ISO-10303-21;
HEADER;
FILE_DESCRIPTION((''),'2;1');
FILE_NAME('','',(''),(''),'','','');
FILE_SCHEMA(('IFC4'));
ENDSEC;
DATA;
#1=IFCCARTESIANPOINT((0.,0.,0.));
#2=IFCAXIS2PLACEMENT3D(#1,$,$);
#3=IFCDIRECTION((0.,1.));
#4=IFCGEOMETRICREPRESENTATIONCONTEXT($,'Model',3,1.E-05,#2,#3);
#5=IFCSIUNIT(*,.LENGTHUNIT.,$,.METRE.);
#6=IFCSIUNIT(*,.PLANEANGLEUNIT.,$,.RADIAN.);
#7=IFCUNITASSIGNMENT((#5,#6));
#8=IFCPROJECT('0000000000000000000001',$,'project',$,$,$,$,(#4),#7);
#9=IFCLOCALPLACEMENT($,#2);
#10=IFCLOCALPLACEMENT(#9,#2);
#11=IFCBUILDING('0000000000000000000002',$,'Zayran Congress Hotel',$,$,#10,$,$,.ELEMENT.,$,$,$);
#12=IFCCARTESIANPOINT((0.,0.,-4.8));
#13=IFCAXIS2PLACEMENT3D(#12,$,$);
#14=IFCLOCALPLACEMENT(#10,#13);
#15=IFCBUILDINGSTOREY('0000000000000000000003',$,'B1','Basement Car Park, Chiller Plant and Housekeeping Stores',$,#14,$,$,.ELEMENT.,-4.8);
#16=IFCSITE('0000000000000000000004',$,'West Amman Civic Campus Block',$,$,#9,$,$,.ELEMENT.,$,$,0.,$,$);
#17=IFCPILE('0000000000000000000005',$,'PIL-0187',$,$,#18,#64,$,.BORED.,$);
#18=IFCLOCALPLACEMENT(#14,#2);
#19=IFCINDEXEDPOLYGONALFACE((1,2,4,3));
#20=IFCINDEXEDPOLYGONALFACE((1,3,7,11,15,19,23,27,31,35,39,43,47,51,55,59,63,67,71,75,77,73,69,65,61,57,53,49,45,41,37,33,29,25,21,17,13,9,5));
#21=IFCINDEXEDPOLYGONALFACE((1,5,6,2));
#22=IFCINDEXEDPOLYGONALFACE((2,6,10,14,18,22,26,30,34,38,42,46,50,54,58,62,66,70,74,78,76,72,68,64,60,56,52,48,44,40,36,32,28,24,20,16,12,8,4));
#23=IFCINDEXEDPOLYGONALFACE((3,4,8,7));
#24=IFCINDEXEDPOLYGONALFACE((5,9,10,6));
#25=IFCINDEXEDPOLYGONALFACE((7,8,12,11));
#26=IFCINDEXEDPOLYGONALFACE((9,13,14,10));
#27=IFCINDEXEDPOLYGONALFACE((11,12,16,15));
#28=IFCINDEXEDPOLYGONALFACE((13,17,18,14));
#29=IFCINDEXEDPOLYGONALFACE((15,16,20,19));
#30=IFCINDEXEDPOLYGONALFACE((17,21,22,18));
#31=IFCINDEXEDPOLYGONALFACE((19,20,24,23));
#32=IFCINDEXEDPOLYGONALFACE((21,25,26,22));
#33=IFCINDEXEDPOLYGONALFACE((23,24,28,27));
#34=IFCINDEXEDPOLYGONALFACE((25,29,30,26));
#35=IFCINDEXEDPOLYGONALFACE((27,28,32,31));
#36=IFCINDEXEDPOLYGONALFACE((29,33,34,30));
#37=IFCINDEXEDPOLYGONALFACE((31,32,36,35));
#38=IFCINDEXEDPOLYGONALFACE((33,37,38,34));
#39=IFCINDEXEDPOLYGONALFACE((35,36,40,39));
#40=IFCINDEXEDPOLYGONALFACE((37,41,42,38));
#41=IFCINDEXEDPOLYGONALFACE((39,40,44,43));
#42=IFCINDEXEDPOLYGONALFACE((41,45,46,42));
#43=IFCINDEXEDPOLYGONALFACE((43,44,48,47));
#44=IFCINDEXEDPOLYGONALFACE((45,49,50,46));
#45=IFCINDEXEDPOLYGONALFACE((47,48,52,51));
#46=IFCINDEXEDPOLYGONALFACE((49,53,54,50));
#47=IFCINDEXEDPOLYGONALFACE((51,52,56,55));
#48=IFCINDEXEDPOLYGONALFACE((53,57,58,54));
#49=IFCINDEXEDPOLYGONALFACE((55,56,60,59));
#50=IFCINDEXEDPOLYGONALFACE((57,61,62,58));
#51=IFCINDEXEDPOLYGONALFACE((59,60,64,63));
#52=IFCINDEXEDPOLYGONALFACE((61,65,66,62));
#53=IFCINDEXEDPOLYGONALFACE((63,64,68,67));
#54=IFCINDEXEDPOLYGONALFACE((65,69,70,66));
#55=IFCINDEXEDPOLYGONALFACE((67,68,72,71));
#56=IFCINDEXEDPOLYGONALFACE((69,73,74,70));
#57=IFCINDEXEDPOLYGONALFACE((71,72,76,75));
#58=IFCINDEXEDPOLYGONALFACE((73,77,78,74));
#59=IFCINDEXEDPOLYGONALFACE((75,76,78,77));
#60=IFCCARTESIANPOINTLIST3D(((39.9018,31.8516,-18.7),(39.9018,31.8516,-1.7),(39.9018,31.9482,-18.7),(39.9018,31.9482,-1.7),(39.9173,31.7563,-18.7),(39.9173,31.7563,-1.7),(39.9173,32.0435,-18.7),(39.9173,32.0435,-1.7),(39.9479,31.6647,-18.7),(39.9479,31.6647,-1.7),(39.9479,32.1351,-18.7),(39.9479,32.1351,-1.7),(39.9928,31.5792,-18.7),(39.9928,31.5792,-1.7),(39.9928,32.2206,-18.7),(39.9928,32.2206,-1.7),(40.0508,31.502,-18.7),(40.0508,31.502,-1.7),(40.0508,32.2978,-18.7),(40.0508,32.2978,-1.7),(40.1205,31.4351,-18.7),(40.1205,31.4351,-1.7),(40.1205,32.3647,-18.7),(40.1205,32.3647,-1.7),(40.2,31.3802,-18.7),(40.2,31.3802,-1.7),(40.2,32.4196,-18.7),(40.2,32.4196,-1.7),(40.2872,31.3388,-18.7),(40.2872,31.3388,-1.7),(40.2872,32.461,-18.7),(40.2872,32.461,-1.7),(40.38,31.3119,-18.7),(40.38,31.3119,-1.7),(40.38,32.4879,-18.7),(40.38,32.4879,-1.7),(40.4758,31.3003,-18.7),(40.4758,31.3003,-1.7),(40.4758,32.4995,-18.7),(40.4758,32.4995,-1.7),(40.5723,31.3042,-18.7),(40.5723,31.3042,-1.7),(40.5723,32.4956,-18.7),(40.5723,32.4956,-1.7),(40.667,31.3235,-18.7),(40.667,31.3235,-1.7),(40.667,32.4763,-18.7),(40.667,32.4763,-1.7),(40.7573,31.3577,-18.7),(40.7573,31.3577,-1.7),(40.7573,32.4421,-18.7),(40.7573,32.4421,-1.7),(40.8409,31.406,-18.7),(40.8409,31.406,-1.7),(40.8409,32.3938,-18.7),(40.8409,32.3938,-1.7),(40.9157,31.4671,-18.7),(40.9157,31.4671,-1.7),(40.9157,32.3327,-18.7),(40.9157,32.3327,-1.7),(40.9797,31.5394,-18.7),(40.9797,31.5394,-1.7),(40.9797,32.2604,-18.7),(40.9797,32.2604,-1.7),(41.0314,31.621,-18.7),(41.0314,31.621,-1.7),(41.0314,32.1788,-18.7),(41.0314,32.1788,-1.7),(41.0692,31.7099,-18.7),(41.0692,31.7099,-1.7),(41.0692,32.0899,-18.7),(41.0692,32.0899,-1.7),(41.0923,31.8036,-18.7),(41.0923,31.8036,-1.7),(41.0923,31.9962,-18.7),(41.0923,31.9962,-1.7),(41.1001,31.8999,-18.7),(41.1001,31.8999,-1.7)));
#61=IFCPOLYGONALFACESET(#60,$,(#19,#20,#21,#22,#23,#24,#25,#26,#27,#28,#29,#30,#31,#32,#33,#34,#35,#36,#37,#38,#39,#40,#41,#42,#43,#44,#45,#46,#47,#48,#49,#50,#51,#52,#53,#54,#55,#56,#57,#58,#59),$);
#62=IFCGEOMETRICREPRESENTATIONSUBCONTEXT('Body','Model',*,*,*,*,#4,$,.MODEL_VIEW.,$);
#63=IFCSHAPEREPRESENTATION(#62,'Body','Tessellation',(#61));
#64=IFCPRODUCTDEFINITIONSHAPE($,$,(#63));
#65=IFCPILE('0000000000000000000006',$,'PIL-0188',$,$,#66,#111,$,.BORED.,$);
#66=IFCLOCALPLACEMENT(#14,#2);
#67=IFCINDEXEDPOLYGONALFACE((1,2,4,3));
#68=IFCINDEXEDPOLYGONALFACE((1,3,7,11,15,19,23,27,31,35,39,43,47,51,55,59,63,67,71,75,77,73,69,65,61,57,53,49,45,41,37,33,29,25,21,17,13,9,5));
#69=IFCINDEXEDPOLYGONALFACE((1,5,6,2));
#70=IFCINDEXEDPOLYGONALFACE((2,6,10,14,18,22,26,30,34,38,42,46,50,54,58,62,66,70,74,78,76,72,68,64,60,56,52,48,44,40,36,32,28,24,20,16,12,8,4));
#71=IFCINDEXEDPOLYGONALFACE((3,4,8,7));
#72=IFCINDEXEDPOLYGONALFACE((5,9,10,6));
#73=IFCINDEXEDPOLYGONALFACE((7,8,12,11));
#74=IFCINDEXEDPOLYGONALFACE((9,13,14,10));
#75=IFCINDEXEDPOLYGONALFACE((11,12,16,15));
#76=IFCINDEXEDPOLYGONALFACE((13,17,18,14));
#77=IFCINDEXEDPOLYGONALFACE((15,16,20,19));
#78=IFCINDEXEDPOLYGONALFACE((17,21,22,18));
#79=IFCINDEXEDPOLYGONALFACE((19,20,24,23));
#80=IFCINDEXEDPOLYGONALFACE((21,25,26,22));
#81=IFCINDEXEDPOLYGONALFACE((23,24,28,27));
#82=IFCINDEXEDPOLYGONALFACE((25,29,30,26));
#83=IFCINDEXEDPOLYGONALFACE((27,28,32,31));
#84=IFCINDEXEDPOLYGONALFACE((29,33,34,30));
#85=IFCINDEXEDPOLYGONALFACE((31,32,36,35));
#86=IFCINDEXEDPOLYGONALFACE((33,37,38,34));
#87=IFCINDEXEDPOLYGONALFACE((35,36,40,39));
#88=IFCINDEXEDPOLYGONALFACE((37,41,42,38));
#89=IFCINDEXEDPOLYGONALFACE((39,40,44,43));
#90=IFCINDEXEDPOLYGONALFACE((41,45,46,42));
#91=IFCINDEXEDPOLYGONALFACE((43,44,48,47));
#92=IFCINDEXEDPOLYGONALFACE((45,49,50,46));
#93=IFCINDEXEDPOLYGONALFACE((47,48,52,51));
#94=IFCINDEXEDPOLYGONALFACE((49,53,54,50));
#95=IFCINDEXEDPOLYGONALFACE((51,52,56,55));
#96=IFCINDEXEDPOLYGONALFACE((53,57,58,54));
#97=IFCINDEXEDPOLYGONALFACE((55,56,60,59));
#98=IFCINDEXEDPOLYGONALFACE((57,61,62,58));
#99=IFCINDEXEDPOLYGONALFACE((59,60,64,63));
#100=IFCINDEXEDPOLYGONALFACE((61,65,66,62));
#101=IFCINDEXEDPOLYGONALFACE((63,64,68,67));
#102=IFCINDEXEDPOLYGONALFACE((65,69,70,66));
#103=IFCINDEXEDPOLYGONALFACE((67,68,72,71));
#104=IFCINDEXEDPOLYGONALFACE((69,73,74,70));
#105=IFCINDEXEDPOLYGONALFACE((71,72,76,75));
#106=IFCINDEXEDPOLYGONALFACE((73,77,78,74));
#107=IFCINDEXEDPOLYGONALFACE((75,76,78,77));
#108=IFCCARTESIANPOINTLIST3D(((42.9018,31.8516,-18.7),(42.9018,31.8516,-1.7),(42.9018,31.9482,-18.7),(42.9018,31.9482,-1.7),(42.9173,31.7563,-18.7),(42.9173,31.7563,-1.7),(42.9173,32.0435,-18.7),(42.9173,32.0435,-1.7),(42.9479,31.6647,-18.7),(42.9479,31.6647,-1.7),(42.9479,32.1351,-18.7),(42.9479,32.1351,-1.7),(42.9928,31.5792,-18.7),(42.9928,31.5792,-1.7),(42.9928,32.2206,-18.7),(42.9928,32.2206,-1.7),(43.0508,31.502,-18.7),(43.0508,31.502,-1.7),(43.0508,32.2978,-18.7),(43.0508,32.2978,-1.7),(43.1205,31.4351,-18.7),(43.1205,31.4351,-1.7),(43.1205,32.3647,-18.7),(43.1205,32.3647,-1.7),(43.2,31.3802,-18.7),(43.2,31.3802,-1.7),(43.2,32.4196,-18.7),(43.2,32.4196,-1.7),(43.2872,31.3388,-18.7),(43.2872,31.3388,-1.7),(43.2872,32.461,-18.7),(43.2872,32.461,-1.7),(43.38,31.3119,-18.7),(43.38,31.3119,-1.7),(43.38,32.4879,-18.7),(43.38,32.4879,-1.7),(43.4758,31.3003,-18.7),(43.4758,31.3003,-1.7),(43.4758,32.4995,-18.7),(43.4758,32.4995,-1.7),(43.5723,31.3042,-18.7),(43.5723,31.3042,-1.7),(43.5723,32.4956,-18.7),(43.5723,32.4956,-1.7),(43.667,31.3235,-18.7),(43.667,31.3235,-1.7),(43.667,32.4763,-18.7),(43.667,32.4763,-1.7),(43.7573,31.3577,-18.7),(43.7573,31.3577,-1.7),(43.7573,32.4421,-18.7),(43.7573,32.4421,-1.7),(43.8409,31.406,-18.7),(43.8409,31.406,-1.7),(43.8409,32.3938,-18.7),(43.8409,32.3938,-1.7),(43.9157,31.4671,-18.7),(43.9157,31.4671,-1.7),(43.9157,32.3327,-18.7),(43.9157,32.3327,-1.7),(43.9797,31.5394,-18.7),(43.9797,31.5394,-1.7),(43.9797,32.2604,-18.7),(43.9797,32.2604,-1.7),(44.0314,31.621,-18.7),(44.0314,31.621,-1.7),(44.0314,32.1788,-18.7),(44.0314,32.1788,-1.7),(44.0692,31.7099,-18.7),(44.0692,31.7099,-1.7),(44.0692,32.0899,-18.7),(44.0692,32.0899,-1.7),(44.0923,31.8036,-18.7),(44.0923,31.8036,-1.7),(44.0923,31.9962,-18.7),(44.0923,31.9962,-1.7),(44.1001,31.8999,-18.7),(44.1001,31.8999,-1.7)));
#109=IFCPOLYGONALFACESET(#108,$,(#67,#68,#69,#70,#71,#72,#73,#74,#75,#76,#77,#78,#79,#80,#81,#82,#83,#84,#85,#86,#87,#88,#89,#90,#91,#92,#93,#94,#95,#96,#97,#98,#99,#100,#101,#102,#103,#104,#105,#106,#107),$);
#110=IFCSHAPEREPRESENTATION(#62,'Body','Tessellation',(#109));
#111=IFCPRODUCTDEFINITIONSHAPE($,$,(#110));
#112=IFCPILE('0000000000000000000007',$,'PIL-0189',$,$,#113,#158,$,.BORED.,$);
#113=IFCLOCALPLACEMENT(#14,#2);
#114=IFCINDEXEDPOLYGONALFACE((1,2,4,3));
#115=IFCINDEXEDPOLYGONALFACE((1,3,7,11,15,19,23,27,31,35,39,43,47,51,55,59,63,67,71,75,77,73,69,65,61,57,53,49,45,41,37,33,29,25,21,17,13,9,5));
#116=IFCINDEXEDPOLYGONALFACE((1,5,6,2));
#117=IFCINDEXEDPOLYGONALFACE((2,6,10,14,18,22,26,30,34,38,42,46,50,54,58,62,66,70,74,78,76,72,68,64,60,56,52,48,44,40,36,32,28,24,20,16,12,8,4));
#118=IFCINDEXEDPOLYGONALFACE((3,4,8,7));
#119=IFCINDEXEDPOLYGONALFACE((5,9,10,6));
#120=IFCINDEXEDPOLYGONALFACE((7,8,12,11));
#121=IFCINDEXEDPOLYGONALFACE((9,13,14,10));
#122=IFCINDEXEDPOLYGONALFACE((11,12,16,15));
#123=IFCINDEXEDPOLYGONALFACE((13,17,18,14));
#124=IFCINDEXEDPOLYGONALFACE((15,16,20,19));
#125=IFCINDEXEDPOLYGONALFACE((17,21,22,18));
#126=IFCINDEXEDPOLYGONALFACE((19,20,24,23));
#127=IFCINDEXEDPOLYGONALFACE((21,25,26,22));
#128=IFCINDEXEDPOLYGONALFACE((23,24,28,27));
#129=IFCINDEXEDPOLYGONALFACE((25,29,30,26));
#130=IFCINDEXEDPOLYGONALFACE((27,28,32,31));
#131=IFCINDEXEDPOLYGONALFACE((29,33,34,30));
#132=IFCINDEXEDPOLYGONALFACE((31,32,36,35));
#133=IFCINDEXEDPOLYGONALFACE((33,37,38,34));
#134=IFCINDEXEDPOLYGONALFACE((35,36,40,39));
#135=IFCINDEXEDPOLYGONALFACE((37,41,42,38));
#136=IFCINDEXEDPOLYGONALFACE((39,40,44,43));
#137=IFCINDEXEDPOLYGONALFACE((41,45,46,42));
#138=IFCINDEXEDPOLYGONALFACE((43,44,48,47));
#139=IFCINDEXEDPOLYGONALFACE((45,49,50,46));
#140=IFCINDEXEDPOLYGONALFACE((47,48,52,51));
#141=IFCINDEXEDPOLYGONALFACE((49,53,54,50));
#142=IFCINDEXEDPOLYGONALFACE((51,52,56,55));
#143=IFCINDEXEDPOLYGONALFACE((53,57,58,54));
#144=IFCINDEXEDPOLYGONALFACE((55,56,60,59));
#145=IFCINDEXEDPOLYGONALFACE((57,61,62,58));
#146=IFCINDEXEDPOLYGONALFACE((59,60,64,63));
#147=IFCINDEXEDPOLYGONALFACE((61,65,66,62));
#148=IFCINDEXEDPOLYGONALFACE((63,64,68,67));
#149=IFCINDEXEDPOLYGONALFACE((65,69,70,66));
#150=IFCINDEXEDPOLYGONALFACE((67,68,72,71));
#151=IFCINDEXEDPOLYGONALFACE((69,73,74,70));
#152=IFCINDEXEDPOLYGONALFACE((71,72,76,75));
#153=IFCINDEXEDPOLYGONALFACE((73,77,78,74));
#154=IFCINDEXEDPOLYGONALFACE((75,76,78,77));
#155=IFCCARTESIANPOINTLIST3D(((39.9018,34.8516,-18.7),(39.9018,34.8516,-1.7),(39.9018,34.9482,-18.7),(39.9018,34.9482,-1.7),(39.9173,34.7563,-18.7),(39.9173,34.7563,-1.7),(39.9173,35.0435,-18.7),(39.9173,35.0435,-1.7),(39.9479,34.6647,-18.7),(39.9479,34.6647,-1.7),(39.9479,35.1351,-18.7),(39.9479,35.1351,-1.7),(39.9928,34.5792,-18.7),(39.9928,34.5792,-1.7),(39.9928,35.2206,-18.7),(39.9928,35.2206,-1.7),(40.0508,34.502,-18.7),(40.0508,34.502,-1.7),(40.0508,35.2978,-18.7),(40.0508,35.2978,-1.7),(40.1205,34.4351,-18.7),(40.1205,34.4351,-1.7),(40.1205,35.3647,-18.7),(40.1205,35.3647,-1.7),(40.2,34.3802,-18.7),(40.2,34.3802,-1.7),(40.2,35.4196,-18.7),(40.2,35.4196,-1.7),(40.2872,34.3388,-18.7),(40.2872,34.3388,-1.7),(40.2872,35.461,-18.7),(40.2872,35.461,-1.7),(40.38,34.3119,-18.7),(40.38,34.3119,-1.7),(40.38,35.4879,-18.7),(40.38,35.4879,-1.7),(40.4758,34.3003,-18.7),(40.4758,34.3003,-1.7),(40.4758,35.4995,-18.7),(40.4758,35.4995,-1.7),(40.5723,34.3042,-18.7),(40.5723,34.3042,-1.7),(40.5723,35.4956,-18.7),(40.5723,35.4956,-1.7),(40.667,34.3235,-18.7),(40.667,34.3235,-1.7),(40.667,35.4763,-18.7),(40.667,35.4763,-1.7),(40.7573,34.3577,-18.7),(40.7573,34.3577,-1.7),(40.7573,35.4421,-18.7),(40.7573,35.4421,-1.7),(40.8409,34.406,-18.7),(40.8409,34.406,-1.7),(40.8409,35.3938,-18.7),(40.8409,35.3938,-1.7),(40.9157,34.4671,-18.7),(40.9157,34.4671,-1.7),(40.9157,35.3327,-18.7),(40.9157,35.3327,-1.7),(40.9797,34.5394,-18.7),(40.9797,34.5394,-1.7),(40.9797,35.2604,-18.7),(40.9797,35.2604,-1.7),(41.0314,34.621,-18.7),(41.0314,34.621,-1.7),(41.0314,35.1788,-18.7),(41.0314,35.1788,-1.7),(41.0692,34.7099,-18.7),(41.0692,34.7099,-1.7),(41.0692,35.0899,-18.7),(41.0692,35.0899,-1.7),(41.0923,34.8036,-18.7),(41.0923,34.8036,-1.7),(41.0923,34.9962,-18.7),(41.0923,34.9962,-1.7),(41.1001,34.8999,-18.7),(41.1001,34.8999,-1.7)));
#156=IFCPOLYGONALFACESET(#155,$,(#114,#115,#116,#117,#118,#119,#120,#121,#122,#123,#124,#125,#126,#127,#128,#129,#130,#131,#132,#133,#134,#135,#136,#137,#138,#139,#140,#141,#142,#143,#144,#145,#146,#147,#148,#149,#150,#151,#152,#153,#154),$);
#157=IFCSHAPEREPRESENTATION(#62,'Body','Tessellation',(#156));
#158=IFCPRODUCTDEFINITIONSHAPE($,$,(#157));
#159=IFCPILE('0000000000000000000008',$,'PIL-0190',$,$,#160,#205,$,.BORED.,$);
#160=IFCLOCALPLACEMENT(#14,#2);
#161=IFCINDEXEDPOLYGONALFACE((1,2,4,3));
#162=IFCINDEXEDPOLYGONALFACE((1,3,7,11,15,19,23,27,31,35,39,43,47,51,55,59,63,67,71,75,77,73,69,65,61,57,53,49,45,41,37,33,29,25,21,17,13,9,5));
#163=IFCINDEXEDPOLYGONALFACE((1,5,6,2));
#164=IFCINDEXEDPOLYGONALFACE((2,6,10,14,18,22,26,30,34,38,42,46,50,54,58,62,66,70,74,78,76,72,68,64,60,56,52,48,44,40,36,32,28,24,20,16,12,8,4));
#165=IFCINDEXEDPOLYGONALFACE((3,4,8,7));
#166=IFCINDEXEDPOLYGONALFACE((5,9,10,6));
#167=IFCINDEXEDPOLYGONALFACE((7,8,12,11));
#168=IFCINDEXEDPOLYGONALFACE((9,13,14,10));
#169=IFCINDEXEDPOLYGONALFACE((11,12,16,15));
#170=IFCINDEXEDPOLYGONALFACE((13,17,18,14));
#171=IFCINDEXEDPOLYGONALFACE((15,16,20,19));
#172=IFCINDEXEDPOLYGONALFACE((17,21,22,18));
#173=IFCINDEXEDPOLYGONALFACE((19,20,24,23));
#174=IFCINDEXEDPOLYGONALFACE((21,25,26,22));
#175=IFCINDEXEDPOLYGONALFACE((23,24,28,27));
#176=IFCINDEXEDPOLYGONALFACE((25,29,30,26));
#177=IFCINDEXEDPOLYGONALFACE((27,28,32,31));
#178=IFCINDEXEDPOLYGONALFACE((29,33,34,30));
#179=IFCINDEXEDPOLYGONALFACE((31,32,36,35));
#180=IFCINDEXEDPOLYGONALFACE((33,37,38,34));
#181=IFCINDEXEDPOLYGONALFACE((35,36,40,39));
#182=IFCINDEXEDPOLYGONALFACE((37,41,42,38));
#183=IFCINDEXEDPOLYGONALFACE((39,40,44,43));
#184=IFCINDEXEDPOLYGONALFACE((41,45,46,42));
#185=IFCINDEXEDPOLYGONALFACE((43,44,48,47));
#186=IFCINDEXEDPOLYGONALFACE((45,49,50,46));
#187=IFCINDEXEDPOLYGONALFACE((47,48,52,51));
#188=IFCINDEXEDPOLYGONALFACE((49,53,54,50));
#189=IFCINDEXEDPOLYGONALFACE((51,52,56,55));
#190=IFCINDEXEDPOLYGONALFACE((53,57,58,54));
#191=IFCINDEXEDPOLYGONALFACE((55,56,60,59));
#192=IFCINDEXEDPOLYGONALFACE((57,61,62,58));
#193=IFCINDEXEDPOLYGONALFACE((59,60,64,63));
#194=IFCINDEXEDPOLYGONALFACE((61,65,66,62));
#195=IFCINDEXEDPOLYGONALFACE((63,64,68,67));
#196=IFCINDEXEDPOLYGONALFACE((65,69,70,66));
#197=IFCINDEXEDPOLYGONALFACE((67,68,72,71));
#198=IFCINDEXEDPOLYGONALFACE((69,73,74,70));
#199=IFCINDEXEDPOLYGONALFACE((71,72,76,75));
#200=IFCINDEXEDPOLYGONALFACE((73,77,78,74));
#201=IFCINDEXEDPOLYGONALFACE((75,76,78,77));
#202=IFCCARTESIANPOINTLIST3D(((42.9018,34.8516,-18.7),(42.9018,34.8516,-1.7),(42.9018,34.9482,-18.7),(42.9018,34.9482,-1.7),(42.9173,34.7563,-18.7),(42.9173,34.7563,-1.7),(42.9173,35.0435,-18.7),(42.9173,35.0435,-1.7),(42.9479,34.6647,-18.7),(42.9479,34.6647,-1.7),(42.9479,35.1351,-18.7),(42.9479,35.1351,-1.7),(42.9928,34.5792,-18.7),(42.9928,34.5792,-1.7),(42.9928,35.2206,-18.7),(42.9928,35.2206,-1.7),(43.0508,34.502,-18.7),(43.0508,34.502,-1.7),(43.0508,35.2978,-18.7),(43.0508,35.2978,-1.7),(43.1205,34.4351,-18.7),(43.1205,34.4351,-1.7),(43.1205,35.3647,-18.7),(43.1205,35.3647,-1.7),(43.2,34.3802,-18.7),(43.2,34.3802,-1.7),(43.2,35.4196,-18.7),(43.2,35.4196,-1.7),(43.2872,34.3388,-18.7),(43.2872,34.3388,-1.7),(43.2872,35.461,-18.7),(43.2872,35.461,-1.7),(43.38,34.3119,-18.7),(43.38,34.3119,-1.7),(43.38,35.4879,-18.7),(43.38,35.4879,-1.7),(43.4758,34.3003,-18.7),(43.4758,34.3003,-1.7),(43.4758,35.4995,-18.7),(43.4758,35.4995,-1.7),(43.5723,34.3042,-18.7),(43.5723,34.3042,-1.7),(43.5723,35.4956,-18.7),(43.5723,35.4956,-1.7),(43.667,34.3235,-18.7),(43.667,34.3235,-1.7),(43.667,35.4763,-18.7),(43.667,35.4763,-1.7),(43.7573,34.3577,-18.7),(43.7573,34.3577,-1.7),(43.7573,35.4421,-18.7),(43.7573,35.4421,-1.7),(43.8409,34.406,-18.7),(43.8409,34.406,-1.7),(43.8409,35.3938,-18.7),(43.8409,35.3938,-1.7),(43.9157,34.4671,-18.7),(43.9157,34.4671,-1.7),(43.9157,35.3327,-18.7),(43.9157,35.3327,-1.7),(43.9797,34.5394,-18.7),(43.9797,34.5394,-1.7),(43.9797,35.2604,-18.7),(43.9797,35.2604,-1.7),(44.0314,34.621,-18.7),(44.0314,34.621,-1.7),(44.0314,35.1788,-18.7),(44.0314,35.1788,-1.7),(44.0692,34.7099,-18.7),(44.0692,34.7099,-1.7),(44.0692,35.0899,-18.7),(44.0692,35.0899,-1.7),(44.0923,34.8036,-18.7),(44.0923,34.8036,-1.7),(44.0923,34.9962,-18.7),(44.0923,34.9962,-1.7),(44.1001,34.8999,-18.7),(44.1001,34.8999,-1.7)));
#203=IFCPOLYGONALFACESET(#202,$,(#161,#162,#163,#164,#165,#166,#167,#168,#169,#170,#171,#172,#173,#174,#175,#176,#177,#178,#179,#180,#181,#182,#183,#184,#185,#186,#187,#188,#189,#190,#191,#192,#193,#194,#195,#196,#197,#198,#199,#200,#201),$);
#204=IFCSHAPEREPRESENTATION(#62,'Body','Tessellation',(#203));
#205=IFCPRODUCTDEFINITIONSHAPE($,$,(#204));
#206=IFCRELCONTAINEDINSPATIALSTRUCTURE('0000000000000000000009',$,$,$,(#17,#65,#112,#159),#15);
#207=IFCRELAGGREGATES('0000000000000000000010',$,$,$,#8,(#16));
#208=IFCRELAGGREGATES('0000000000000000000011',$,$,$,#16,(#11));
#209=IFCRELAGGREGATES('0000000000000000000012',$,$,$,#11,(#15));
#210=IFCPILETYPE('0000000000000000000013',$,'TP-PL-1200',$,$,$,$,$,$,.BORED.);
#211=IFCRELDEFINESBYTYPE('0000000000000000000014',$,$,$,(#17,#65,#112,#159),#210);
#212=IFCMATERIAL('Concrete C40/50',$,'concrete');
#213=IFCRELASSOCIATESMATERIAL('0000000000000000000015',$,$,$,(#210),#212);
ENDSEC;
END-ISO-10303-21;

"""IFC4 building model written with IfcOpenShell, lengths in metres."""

from ifc_helpers import new_model, si_unit, direction, frame, origin, origin_2d, place, context, subcontext, project, spatial, circle, extrude, material, material_profile, profile_set, type_object, element, save


model = new_model("IFC4")

# Units and contexts
model_context = context("Model", 3, precision=1e-05, world=origin(), true_north=direction((0.0, 1.0)))
body_context = subcontext(model_context, "Body", "Model", "MODEL_VIEW")
ifc_project = project(units=[si_unit("LENGTHUNIT", "METRE"), si_unit("PLANEANGLEUNIT", "RADIAN")], contexts=[model_context])

# Site, building, storey
site_placement = place(None, origin())
site = spatial("IfcSite", under=ifc_project, at=site_placement, Name="West Amman Civic Campus Block", CompositionType="ELEMENT", RefElevation=0.0)
building_placement = place(site_placement, origin())
building = spatial("IfcBuilding", under=site, at=building_placement, Name="Zayran Congress Hotel", CompositionType="ELEMENT")
storey_placement = place(building_placement, frame((0.0, 0.0, -4.8)))
storey = spatial("IfcBuildingStorey", under=building, at=storey_placement, Name="B1", Description="Basement Car Park, Chiller Plant and Housekeeping Stores", CompositionType="ELEMENT", Elevation=-4.8)

# Piles
ifc_material = material(Name="Concrete C40/50", Category="concrete")
ifc_material_profile_1 = material_profile(ifc_material, circle(Radius=0.6001, at=origin_2d()), Name="PILE D1200")
ifc_profile_set_1 = profile_set([ifc_material_profile_1], Name="Concrete C40/50")
pile_type_1 = type_object("IfcPileType", Name="TP-PL-1200", PredefinedType="BORED", material=ifc_profile_set_1)
for number, where, z_axis, x_axis, name in (
    (1, (40.5, 31.8999, -1.7), (0.0, 0.0, -1.0), (1.0, 0.0, 0.0), "PIL-0187"),
    (2, (43.5, 31.8999, -1.7), (0.0, 0.0, -1.0), (1.0, 0.0, 0.0), "PIL-0188"),
    (3, (40.5, 34.8999, -1.7), (0.0, 0.0, -1.0), (1.0, 0.0, 0.0), "PIL-0189"),
    (4, (43.5, 34.8999, -1.7), (0.0, 0.0, -1.0), (1.0, 0.0, 0.0), "PIL-0190"),
):
    element("IfcPile", number, at=place(storey_placement, frame(where, z_axis=z_axis, x_axis=x_axis)), inside=storey, type_object=pile_type_1, Name=name, PredefinedType="BORED", context=body_context, shape_type="SweptSolid", body=[
        extrude(circle(Radius=0.6001, at=origin_2d()), origin(), (0.0, 0.0, 1.0), 17.0),
    ])

save(model, "model.ifc")
